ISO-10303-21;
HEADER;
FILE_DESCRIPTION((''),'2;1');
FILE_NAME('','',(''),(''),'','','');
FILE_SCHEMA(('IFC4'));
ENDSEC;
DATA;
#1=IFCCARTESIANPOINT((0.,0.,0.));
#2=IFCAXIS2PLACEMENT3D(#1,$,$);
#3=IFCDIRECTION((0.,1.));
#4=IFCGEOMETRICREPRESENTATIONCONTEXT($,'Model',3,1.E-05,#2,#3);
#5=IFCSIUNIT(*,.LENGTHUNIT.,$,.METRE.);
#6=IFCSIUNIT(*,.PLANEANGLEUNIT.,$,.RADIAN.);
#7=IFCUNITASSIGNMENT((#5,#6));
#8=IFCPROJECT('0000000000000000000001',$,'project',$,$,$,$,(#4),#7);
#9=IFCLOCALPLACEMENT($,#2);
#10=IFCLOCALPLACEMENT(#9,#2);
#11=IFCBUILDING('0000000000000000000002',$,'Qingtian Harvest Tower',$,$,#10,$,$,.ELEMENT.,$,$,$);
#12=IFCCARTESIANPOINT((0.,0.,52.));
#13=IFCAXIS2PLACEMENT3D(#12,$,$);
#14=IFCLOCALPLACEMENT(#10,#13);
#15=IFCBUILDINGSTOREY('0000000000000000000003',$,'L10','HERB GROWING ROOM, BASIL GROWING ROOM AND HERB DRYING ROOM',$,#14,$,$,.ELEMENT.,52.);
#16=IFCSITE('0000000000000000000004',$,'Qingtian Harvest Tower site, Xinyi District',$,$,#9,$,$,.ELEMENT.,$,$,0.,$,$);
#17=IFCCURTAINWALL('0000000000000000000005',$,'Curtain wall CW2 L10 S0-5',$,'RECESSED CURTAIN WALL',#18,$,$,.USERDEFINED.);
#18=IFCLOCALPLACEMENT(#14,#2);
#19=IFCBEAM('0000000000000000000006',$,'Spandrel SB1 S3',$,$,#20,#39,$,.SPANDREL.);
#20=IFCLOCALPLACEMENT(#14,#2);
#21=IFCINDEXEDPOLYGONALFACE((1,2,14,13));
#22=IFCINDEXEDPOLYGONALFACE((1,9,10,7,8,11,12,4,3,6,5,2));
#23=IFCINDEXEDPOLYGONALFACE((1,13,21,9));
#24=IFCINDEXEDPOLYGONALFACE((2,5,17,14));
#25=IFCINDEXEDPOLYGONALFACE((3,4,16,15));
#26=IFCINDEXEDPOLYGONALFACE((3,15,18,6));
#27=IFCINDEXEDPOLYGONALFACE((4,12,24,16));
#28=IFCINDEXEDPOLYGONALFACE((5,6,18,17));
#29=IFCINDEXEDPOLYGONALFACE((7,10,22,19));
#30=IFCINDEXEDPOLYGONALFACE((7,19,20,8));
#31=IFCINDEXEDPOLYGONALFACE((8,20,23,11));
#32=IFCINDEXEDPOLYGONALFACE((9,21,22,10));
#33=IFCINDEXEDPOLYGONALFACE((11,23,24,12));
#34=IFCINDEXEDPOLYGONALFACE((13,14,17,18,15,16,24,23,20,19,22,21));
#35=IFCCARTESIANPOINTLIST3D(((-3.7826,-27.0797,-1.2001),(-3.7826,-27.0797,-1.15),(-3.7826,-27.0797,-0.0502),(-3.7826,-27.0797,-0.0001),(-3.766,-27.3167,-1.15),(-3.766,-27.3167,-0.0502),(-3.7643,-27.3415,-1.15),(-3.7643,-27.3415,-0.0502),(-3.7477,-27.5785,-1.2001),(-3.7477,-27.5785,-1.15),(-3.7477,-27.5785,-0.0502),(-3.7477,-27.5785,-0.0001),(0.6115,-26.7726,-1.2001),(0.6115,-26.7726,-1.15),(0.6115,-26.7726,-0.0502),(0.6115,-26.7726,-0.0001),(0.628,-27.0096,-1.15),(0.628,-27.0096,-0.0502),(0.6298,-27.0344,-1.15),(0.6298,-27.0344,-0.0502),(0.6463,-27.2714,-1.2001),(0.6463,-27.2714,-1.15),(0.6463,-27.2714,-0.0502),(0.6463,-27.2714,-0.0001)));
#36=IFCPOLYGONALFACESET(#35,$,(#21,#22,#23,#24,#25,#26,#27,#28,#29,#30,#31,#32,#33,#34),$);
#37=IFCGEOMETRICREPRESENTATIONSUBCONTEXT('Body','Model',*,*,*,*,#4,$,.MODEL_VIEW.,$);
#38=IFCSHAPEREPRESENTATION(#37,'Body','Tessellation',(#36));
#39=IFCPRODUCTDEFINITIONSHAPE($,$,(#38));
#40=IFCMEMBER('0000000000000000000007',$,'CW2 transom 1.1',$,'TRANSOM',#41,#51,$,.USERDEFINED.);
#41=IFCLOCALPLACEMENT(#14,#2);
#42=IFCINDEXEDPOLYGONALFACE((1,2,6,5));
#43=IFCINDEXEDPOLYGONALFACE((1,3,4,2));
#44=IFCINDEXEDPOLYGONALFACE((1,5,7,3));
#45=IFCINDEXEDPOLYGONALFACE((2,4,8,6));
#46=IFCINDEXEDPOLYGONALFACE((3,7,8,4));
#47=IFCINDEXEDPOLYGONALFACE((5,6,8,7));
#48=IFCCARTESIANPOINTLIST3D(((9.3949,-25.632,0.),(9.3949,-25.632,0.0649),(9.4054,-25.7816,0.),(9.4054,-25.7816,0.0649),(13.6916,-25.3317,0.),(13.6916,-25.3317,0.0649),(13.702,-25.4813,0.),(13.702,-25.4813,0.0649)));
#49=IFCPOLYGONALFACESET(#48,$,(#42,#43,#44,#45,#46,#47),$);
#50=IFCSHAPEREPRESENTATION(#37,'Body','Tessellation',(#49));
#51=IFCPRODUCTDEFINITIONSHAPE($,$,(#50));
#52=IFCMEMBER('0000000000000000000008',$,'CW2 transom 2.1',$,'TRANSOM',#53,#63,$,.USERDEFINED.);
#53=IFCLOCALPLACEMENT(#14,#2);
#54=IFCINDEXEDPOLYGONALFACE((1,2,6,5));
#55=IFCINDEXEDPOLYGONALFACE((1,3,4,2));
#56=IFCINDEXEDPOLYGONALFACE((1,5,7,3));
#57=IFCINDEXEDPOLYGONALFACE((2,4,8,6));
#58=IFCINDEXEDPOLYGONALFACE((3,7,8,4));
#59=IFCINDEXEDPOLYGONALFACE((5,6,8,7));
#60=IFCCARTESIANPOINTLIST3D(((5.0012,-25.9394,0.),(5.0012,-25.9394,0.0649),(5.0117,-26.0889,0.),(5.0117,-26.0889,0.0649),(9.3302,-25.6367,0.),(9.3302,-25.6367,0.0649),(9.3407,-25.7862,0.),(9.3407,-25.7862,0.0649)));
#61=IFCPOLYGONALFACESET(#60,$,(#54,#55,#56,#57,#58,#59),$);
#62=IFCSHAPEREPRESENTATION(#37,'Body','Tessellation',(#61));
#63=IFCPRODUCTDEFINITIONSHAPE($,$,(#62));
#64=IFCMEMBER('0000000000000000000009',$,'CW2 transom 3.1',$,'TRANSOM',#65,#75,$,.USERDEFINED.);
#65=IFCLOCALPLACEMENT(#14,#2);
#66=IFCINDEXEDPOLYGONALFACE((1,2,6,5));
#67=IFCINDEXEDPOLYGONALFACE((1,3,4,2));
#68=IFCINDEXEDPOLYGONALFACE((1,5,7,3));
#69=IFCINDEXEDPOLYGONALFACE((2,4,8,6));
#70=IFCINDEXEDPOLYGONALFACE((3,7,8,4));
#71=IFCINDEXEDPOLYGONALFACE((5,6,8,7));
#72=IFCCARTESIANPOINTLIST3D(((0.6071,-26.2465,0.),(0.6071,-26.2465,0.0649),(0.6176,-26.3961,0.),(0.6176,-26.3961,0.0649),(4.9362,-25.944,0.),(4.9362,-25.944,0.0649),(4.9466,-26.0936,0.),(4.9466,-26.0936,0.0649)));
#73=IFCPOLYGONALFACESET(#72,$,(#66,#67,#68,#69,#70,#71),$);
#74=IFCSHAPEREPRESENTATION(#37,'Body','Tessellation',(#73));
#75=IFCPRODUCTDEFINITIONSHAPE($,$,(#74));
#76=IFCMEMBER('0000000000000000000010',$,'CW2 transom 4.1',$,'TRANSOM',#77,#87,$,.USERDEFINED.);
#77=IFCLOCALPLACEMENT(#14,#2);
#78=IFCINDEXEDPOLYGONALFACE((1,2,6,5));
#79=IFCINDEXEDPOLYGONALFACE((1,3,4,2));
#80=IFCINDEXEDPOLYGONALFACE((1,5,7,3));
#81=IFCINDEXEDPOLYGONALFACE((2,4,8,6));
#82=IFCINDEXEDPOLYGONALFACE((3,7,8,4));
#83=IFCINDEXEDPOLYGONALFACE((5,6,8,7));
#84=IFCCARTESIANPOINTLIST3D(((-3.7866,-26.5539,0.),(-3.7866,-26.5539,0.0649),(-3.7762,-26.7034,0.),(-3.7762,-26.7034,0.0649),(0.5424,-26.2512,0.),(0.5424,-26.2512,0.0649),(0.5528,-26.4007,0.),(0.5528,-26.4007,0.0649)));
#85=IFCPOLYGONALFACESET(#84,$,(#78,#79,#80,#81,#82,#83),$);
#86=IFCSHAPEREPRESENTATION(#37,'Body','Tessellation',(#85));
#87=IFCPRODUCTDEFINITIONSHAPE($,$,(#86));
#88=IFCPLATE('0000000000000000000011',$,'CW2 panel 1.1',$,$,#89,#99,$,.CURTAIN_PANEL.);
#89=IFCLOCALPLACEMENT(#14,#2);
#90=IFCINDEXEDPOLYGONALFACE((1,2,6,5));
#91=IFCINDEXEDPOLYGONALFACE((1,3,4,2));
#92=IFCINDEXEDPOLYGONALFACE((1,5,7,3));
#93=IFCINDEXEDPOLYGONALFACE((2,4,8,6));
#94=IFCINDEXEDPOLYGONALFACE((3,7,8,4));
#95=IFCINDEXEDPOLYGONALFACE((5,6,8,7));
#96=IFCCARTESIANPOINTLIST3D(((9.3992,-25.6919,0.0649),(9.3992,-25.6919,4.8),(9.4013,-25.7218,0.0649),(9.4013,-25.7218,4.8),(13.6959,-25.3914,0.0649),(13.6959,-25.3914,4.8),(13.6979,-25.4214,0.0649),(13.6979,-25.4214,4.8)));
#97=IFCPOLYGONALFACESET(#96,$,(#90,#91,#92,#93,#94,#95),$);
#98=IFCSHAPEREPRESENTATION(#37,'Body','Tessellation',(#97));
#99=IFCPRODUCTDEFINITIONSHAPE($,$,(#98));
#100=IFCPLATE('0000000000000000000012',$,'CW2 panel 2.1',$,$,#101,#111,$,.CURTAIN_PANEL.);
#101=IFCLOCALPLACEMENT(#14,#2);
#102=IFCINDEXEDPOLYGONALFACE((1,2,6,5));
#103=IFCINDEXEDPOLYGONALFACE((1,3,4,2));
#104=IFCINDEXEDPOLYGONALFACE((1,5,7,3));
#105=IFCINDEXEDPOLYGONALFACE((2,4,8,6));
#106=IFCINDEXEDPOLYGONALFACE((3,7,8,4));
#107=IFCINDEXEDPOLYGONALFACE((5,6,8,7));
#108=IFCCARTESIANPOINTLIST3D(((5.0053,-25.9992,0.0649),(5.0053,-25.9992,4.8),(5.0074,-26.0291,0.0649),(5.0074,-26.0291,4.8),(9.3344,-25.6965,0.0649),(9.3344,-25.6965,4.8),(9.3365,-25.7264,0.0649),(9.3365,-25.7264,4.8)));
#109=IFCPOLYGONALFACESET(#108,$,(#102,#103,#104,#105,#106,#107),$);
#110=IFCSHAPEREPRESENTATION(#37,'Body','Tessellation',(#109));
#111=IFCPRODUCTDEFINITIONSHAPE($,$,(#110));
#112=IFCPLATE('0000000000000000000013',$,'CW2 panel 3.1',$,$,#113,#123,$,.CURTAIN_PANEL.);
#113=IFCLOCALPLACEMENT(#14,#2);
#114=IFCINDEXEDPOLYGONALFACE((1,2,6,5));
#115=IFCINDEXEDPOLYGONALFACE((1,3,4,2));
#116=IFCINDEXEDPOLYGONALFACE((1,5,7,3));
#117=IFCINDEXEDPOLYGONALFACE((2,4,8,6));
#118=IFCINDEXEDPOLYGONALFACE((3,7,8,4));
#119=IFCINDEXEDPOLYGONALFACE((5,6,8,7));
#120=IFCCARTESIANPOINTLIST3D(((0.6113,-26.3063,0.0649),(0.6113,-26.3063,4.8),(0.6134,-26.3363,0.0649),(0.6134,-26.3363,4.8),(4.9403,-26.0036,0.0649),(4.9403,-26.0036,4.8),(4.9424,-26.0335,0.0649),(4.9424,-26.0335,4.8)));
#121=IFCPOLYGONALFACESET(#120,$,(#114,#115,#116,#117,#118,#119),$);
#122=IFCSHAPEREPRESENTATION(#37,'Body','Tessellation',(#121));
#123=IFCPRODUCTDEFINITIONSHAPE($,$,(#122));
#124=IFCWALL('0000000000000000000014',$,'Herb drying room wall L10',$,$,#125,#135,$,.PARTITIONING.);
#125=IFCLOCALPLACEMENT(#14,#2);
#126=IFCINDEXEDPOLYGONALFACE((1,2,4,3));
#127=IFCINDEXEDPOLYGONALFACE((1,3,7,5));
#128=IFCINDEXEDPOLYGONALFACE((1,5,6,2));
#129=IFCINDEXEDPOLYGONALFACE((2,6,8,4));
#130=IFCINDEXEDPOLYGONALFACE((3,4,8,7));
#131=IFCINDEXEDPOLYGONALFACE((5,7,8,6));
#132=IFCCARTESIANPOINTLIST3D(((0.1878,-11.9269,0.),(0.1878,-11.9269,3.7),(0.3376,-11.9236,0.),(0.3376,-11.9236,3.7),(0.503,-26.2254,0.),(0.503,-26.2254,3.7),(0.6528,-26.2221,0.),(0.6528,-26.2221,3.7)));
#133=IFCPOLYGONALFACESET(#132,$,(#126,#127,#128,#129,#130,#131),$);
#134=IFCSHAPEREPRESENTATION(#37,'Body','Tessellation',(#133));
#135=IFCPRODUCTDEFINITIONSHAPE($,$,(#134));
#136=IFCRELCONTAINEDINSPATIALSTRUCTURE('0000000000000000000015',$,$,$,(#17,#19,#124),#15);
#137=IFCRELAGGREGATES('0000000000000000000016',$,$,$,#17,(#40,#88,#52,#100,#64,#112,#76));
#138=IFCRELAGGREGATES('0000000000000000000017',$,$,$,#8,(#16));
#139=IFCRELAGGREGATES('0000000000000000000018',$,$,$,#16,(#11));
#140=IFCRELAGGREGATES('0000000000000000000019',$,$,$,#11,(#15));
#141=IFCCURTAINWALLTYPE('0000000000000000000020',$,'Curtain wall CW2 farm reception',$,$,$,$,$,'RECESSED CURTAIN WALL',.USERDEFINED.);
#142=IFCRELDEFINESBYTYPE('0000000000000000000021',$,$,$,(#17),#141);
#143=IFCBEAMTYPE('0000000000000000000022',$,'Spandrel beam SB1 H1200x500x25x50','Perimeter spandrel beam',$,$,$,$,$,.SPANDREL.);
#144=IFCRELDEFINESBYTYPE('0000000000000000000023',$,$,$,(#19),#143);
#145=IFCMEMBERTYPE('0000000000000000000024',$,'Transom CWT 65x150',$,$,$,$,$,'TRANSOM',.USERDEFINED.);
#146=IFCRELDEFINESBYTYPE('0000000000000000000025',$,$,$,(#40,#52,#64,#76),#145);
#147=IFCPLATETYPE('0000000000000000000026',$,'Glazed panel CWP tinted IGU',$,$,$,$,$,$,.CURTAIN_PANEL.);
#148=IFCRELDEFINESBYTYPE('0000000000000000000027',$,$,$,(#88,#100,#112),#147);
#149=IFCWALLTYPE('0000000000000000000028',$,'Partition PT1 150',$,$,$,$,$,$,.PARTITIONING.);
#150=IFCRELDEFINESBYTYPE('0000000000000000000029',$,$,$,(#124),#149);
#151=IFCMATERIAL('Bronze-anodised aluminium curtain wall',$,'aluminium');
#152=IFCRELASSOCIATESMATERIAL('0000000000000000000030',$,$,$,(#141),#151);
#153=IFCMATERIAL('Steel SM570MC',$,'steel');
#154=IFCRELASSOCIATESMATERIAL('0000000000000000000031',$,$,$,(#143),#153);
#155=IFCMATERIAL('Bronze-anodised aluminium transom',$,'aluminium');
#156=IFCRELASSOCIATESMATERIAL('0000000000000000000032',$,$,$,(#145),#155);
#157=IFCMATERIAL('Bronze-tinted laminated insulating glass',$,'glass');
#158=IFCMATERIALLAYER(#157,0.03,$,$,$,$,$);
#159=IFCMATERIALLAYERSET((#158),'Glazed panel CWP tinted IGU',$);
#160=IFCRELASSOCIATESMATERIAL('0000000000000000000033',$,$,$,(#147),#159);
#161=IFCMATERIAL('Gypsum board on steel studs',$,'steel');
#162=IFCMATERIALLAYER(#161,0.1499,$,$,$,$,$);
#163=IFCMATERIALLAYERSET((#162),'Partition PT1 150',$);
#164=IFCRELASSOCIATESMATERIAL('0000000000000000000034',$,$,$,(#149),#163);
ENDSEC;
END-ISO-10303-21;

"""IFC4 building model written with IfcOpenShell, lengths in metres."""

from ifc_helpers import new_model, si_unit, direction, frame, frame_2d, origin, origin_2d, place, context, subcontext, project, spatial, rectangle, i_section, extrude, material, layer, layer_set, material_profile, profile_set, type_object, element, aggregate, save


model = new_model("IFC4")

# Units and contexts
model_context = context("Model", 3, precision=1e-05, world=origin(), true_north=direction((0.0, 1.0)))
body_context = subcontext(model_context, "Body", "Model", "MODEL_VIEW")
ifc_project = project(units=[si_unit("LENGTHUNIT", "METRE"), si_unit("PLANEANGLEUNIT", "RADIAN")], contexts=[model_context])

# Site, building, storey
site_placement = place(None, origin())
site = spatial("IfcSite", under=ifc_project, at=site_placement, Name="Qingtian Harvest Tower site, Xinyi District", CompositionType="ELEMENT", RefElevation=0.0)
building_placement = place(site_placement, origin())
building = spatial("IfcBuilding", under=site, at=building_placement, Name="Qingtian Harvest Tower", CompositionType="ELEMENT")
storey_placement = place(building_placement, frame((0.0, 0.0, 52.0)))
storey = spatial("IfcBuildingStorey", under=building, at=storey_placement, Name="L10", Description="HERB GROWING ROOM, BASIL GROWING ROOM AND HERB DRYING ROOM", CompositionType="ELEMENT", Elevation=52.0)

# Shared definitions
ifc_material_1 = material(Name="Bronze-anodised aluminium curtain wall", Category="aluminium")
curtain_wall_type = type_object("IfcCurtainWallType", Name="Curtain wall CW2 farm reception", ElementType="RECESSED CURTAIN WALL", PredefinedType="USERDEFINED", material=ifc_material_1)

# Curtain wall
curtain_wall_1_placement = place(storey_placement, origin())
curtain_wall_1 = element("IfcCurtainWall", 1, at=curtain_wall_1_placement, inside=storey, type_object=curtain_wall_type, Name="Curtain wall CW2 L10 S0-5", ObjectType="RECESSED CURTAIN WALL", PredefinedType="USERDEFINED")

# Beam
ifc_material_2 = material(Name="Steel SM570MC", Category="steel")
ifc_material_profile_1 = material_profile(ifc_material_2, i_section(OverallWidth=0.5, OverallDepth=1.2, WebThickness=0.0249, FlangeThickness=0.05, at=origin_2d()), Name="H1200x500x25x50")
ifc_profile_set_1 = profile_set([ifc_material_profile_1], Name="Steel SM570MC")
beam_type_1 = type_object("IfcBeamType", Name="Spandrel beam SB1 H1200x500x25x50", Description="Perimeter spandrel beam", PredefinedType="SPANDREL", material=ifc_profile_set_1)
beam_1_placement = place(storey_placement, frame((0.6289, -27.022, -0.6001), z_axis=(-0.997566, -0.069727, 0.0), x_axis=(0.069727, -0.997566, 0.0)))
element("IfcBeam", 2, at=beam_1_placement, inside=storey, type_object=beam_type_1, Name="Spandrel SB1 S3", PredefinedType="SPANDREL", context=body_context, shape_type="SweptSolid", body=[
    extrude(i_section(OverallWidth=0.5, OverallDepth=1.2, WebThickness=0.0249, FlangeThickness=0.05, at=origin_2d()), origin(), (0.0, 0.0, 1.0), 4.4048),
])

# Members
ifc_material_3 = material(Name="Bronze-anodised aluminium transom", Category="aluminium")
ifc_material_profile_2 = material_profile(ifc_material_3, rectangle(XDim=0.1499, YDim=0.0649, at=origin_2d()), Name="AL 65x150")
ifc_profile_set_2 = profile_set([ifc_material_profile_2], Name="Bronze-anodised aluminium transom")
member_type_1 = type_object("IfcMemberType", Name="Transom CWT 65x150", ElementType="TRANSOM", PredefinedType="USERDEFINED", material=ifc_profile_set_2)
member_1_placement = place(storey_placement, frame((13.6968, -25.4065, 0.0325), z_axis=(-0.997567, -0.06972, 0.0), x_axis=(0.06972, -0.997567, 0.0)))
member_1 = element("IfcMember", 3, at=member_1_placement, type_object=member_type_1, Name="CW2 transom 1.1", ObjectType="TRANSOM", PredefinedType="USERDEFINED", context=body_context, shape_type="SweptSolid", body=[
    extrude(rectangle(XDim=0.1499, YDim=0.0649, at=origin_2d()), origin(), (0.0, 0.0, 1.0), 4.3071),
])
member_2_placement = place(storey_placement, frame((9.3354, -25.7114, 0.0325), z_axis=(-0.997564, -0.06976, 0.0), x_axis=(0.06976, -0.997564, 0.0)))
member_2 = element("IfcMember", 4, at=member_2_placement, type_object=member_type_1, Name="CW2 transom 2.1", ObjectType="TRANSOM", PredefinedType="USERDEFINED", context=body_context, shape_type="SweptSolid", body=[
    extrude(rectangle(XDim=0.1499, YDim=0.0649, at=origin_2d()), origin(), (0.0, 0.0, 1.0), 4.3396),
])
member_3_placement = place(storey_placement, frame((4.9414, -26.0188, 0.0325), z_axis=(-0.997568, -0.069704, 0.0), x_axis=(0.069704, -0.997568, 0.0)))
member_3 = element("IfcMember", 5, at=member_3_placement, type_object=member_type_1, Name="CW2 transom 3.1", ObjectType="TRANSOM", PredefinedType="USERDEFINED", context=body_context, shape_type="SweptSolid", body=[
    extrude(rectangle(XDim=0.1499, YDim=0.0649, at=origin_2d()), origin(), (0.0, 0.0, 1.0), 4.3396),
])
member_4_placement = place(storey_placement, frame((0.5476, -26.3259, 0.0325), z_axis=(-0.997564, -0.06976, 0.0), x_axis=(0.06976, -0.997564, 0.0)))
member_4 = element("IfcMember", 6, at=member_4_placement, type_object=member_type_1, Name="CW2 transom 4.1", ObjectType="TRANSOM", PredefinedType="USERDEFINED", context=body_context, shape_type="SweptSolid", body=[
    extrude(rectangle(XDim=0.1499, YDim=0.0649, at=origin_2d()), origin(), (0.0, 0.0, 1.0), 4.3396),
])

# Plates
ifc_material_4 = material(Name="Bronze-tinted laminated insulating glass", Category="glass")
ifc_layer_1 = layer(ifc_material_4, 0.03)
ifc_layer_set_1 = layer_set([ifc_layer_1], Name="Glazed panel CWP tinted IGU")
plate_type = type_object("IfcPlateType", Name="Glazed panel CWP tinted IGU", PredefinedType="CURTAIN_PANEL", material=ifc_layer_set_1)
plate_1_placement = place(storey_placement, frame((11.5486, -25.5566, 0.0649), z_axis=(0.0, 0.0, 1.0), x_axis=(-0.997564, -0.069756, 0.0)))
plate_1 = element("IfcPlate", 7, at=plate_1_placement, type_object=plate_type, Name="CW2 panel 1.1", PredefinedType="CURTAIN_PANEL", context=body_context, shape_type="SweptSolid", body=[
    extrude(rectangle(XDim=4.3071, YDim=0.03, at=origin_2d()), origin(), (0.0, 0.0, 1.0), 4.7351),
])
plate_2_placement = place(storey_placement, frame((7.1709, -25.8628, 0.0649), z_axis=(0.0, 0.0, 1.0), x_axis=(-0.997564, -0.069756, 0.0)))
plate_2 = element("IfcPlate", 8, at=plate_2_placement, type_object=plate_type, Name="CW2 panel 2.1", PredefinedType="CURTAIN_PANEL", context=body_context, shape_type="SweptSolid", body=[
    extrude(rectangle(XDim=4.3396, YDim=0.03, at=origin_2d()), origin(), (0.0, 0.0, 1.0), 4.7351),
])
plate_3_placement = place(storey_placement, frame((2.7769, -26.1699, 0.0649), z_axis=(0.0, 0.0, 1.0), x_axis=(-0.997564, -0.069756, 0.0)))
plate_3 = element("IfcPlate", 9, at=plate_3_placement, type_object=plate_type, Name="CW2 panel 3.1", PredefinedType="CURTAIN_PANEL", context=body_context, shape_type="SweptSolid", body=[
    extrude(rectangle(XDim=4.3396, YDim=0.03, at=origin_2d()), origin(), (0.0, 0.0, 1.0), 4.7351),
])
aggregate(curtain_wall_1, [member_1, plate_1, member_2, plate_2, member_3, plate_3, member_4])

# Wall
ifc_material_5 = material(Name="Gypsum board on steel studs", Category="steel")
ifc_layer_2 = layer(ifc_material_5, 0.1499)
ifc_layer_set_2 = layer_set([ifc_layer_2], Name="Partition PT1 150")
wall_type = type_object("IfcWallType", Name="Partition PT1 150", PredefinedType="PARTITIONING", material=ifc_layer_set_2)
wall_1_placement = place(storey_placement, frame((0.5779, -26.2236, 0.0), z_axis=(0.0, 0.0, 1.0), x_axis=(-0.022038, 0.999757, 0.0)))
element("IfcWall", 10, at=wall_1_placement, inside=storey, type_object=wall_type, Name="Herb drying room wall L10", PredefinedType="PARTITIONING", context=body_context, shape_type="SweptSolid", body=[
    extrude(rectangle(XDim=14.302, YDim=0.1499, at=frame_2d((7.1509, 0.0))), origin(), (0.0, 0.0, 1.0), 3.7),
])

save(model, "model.ifc")
